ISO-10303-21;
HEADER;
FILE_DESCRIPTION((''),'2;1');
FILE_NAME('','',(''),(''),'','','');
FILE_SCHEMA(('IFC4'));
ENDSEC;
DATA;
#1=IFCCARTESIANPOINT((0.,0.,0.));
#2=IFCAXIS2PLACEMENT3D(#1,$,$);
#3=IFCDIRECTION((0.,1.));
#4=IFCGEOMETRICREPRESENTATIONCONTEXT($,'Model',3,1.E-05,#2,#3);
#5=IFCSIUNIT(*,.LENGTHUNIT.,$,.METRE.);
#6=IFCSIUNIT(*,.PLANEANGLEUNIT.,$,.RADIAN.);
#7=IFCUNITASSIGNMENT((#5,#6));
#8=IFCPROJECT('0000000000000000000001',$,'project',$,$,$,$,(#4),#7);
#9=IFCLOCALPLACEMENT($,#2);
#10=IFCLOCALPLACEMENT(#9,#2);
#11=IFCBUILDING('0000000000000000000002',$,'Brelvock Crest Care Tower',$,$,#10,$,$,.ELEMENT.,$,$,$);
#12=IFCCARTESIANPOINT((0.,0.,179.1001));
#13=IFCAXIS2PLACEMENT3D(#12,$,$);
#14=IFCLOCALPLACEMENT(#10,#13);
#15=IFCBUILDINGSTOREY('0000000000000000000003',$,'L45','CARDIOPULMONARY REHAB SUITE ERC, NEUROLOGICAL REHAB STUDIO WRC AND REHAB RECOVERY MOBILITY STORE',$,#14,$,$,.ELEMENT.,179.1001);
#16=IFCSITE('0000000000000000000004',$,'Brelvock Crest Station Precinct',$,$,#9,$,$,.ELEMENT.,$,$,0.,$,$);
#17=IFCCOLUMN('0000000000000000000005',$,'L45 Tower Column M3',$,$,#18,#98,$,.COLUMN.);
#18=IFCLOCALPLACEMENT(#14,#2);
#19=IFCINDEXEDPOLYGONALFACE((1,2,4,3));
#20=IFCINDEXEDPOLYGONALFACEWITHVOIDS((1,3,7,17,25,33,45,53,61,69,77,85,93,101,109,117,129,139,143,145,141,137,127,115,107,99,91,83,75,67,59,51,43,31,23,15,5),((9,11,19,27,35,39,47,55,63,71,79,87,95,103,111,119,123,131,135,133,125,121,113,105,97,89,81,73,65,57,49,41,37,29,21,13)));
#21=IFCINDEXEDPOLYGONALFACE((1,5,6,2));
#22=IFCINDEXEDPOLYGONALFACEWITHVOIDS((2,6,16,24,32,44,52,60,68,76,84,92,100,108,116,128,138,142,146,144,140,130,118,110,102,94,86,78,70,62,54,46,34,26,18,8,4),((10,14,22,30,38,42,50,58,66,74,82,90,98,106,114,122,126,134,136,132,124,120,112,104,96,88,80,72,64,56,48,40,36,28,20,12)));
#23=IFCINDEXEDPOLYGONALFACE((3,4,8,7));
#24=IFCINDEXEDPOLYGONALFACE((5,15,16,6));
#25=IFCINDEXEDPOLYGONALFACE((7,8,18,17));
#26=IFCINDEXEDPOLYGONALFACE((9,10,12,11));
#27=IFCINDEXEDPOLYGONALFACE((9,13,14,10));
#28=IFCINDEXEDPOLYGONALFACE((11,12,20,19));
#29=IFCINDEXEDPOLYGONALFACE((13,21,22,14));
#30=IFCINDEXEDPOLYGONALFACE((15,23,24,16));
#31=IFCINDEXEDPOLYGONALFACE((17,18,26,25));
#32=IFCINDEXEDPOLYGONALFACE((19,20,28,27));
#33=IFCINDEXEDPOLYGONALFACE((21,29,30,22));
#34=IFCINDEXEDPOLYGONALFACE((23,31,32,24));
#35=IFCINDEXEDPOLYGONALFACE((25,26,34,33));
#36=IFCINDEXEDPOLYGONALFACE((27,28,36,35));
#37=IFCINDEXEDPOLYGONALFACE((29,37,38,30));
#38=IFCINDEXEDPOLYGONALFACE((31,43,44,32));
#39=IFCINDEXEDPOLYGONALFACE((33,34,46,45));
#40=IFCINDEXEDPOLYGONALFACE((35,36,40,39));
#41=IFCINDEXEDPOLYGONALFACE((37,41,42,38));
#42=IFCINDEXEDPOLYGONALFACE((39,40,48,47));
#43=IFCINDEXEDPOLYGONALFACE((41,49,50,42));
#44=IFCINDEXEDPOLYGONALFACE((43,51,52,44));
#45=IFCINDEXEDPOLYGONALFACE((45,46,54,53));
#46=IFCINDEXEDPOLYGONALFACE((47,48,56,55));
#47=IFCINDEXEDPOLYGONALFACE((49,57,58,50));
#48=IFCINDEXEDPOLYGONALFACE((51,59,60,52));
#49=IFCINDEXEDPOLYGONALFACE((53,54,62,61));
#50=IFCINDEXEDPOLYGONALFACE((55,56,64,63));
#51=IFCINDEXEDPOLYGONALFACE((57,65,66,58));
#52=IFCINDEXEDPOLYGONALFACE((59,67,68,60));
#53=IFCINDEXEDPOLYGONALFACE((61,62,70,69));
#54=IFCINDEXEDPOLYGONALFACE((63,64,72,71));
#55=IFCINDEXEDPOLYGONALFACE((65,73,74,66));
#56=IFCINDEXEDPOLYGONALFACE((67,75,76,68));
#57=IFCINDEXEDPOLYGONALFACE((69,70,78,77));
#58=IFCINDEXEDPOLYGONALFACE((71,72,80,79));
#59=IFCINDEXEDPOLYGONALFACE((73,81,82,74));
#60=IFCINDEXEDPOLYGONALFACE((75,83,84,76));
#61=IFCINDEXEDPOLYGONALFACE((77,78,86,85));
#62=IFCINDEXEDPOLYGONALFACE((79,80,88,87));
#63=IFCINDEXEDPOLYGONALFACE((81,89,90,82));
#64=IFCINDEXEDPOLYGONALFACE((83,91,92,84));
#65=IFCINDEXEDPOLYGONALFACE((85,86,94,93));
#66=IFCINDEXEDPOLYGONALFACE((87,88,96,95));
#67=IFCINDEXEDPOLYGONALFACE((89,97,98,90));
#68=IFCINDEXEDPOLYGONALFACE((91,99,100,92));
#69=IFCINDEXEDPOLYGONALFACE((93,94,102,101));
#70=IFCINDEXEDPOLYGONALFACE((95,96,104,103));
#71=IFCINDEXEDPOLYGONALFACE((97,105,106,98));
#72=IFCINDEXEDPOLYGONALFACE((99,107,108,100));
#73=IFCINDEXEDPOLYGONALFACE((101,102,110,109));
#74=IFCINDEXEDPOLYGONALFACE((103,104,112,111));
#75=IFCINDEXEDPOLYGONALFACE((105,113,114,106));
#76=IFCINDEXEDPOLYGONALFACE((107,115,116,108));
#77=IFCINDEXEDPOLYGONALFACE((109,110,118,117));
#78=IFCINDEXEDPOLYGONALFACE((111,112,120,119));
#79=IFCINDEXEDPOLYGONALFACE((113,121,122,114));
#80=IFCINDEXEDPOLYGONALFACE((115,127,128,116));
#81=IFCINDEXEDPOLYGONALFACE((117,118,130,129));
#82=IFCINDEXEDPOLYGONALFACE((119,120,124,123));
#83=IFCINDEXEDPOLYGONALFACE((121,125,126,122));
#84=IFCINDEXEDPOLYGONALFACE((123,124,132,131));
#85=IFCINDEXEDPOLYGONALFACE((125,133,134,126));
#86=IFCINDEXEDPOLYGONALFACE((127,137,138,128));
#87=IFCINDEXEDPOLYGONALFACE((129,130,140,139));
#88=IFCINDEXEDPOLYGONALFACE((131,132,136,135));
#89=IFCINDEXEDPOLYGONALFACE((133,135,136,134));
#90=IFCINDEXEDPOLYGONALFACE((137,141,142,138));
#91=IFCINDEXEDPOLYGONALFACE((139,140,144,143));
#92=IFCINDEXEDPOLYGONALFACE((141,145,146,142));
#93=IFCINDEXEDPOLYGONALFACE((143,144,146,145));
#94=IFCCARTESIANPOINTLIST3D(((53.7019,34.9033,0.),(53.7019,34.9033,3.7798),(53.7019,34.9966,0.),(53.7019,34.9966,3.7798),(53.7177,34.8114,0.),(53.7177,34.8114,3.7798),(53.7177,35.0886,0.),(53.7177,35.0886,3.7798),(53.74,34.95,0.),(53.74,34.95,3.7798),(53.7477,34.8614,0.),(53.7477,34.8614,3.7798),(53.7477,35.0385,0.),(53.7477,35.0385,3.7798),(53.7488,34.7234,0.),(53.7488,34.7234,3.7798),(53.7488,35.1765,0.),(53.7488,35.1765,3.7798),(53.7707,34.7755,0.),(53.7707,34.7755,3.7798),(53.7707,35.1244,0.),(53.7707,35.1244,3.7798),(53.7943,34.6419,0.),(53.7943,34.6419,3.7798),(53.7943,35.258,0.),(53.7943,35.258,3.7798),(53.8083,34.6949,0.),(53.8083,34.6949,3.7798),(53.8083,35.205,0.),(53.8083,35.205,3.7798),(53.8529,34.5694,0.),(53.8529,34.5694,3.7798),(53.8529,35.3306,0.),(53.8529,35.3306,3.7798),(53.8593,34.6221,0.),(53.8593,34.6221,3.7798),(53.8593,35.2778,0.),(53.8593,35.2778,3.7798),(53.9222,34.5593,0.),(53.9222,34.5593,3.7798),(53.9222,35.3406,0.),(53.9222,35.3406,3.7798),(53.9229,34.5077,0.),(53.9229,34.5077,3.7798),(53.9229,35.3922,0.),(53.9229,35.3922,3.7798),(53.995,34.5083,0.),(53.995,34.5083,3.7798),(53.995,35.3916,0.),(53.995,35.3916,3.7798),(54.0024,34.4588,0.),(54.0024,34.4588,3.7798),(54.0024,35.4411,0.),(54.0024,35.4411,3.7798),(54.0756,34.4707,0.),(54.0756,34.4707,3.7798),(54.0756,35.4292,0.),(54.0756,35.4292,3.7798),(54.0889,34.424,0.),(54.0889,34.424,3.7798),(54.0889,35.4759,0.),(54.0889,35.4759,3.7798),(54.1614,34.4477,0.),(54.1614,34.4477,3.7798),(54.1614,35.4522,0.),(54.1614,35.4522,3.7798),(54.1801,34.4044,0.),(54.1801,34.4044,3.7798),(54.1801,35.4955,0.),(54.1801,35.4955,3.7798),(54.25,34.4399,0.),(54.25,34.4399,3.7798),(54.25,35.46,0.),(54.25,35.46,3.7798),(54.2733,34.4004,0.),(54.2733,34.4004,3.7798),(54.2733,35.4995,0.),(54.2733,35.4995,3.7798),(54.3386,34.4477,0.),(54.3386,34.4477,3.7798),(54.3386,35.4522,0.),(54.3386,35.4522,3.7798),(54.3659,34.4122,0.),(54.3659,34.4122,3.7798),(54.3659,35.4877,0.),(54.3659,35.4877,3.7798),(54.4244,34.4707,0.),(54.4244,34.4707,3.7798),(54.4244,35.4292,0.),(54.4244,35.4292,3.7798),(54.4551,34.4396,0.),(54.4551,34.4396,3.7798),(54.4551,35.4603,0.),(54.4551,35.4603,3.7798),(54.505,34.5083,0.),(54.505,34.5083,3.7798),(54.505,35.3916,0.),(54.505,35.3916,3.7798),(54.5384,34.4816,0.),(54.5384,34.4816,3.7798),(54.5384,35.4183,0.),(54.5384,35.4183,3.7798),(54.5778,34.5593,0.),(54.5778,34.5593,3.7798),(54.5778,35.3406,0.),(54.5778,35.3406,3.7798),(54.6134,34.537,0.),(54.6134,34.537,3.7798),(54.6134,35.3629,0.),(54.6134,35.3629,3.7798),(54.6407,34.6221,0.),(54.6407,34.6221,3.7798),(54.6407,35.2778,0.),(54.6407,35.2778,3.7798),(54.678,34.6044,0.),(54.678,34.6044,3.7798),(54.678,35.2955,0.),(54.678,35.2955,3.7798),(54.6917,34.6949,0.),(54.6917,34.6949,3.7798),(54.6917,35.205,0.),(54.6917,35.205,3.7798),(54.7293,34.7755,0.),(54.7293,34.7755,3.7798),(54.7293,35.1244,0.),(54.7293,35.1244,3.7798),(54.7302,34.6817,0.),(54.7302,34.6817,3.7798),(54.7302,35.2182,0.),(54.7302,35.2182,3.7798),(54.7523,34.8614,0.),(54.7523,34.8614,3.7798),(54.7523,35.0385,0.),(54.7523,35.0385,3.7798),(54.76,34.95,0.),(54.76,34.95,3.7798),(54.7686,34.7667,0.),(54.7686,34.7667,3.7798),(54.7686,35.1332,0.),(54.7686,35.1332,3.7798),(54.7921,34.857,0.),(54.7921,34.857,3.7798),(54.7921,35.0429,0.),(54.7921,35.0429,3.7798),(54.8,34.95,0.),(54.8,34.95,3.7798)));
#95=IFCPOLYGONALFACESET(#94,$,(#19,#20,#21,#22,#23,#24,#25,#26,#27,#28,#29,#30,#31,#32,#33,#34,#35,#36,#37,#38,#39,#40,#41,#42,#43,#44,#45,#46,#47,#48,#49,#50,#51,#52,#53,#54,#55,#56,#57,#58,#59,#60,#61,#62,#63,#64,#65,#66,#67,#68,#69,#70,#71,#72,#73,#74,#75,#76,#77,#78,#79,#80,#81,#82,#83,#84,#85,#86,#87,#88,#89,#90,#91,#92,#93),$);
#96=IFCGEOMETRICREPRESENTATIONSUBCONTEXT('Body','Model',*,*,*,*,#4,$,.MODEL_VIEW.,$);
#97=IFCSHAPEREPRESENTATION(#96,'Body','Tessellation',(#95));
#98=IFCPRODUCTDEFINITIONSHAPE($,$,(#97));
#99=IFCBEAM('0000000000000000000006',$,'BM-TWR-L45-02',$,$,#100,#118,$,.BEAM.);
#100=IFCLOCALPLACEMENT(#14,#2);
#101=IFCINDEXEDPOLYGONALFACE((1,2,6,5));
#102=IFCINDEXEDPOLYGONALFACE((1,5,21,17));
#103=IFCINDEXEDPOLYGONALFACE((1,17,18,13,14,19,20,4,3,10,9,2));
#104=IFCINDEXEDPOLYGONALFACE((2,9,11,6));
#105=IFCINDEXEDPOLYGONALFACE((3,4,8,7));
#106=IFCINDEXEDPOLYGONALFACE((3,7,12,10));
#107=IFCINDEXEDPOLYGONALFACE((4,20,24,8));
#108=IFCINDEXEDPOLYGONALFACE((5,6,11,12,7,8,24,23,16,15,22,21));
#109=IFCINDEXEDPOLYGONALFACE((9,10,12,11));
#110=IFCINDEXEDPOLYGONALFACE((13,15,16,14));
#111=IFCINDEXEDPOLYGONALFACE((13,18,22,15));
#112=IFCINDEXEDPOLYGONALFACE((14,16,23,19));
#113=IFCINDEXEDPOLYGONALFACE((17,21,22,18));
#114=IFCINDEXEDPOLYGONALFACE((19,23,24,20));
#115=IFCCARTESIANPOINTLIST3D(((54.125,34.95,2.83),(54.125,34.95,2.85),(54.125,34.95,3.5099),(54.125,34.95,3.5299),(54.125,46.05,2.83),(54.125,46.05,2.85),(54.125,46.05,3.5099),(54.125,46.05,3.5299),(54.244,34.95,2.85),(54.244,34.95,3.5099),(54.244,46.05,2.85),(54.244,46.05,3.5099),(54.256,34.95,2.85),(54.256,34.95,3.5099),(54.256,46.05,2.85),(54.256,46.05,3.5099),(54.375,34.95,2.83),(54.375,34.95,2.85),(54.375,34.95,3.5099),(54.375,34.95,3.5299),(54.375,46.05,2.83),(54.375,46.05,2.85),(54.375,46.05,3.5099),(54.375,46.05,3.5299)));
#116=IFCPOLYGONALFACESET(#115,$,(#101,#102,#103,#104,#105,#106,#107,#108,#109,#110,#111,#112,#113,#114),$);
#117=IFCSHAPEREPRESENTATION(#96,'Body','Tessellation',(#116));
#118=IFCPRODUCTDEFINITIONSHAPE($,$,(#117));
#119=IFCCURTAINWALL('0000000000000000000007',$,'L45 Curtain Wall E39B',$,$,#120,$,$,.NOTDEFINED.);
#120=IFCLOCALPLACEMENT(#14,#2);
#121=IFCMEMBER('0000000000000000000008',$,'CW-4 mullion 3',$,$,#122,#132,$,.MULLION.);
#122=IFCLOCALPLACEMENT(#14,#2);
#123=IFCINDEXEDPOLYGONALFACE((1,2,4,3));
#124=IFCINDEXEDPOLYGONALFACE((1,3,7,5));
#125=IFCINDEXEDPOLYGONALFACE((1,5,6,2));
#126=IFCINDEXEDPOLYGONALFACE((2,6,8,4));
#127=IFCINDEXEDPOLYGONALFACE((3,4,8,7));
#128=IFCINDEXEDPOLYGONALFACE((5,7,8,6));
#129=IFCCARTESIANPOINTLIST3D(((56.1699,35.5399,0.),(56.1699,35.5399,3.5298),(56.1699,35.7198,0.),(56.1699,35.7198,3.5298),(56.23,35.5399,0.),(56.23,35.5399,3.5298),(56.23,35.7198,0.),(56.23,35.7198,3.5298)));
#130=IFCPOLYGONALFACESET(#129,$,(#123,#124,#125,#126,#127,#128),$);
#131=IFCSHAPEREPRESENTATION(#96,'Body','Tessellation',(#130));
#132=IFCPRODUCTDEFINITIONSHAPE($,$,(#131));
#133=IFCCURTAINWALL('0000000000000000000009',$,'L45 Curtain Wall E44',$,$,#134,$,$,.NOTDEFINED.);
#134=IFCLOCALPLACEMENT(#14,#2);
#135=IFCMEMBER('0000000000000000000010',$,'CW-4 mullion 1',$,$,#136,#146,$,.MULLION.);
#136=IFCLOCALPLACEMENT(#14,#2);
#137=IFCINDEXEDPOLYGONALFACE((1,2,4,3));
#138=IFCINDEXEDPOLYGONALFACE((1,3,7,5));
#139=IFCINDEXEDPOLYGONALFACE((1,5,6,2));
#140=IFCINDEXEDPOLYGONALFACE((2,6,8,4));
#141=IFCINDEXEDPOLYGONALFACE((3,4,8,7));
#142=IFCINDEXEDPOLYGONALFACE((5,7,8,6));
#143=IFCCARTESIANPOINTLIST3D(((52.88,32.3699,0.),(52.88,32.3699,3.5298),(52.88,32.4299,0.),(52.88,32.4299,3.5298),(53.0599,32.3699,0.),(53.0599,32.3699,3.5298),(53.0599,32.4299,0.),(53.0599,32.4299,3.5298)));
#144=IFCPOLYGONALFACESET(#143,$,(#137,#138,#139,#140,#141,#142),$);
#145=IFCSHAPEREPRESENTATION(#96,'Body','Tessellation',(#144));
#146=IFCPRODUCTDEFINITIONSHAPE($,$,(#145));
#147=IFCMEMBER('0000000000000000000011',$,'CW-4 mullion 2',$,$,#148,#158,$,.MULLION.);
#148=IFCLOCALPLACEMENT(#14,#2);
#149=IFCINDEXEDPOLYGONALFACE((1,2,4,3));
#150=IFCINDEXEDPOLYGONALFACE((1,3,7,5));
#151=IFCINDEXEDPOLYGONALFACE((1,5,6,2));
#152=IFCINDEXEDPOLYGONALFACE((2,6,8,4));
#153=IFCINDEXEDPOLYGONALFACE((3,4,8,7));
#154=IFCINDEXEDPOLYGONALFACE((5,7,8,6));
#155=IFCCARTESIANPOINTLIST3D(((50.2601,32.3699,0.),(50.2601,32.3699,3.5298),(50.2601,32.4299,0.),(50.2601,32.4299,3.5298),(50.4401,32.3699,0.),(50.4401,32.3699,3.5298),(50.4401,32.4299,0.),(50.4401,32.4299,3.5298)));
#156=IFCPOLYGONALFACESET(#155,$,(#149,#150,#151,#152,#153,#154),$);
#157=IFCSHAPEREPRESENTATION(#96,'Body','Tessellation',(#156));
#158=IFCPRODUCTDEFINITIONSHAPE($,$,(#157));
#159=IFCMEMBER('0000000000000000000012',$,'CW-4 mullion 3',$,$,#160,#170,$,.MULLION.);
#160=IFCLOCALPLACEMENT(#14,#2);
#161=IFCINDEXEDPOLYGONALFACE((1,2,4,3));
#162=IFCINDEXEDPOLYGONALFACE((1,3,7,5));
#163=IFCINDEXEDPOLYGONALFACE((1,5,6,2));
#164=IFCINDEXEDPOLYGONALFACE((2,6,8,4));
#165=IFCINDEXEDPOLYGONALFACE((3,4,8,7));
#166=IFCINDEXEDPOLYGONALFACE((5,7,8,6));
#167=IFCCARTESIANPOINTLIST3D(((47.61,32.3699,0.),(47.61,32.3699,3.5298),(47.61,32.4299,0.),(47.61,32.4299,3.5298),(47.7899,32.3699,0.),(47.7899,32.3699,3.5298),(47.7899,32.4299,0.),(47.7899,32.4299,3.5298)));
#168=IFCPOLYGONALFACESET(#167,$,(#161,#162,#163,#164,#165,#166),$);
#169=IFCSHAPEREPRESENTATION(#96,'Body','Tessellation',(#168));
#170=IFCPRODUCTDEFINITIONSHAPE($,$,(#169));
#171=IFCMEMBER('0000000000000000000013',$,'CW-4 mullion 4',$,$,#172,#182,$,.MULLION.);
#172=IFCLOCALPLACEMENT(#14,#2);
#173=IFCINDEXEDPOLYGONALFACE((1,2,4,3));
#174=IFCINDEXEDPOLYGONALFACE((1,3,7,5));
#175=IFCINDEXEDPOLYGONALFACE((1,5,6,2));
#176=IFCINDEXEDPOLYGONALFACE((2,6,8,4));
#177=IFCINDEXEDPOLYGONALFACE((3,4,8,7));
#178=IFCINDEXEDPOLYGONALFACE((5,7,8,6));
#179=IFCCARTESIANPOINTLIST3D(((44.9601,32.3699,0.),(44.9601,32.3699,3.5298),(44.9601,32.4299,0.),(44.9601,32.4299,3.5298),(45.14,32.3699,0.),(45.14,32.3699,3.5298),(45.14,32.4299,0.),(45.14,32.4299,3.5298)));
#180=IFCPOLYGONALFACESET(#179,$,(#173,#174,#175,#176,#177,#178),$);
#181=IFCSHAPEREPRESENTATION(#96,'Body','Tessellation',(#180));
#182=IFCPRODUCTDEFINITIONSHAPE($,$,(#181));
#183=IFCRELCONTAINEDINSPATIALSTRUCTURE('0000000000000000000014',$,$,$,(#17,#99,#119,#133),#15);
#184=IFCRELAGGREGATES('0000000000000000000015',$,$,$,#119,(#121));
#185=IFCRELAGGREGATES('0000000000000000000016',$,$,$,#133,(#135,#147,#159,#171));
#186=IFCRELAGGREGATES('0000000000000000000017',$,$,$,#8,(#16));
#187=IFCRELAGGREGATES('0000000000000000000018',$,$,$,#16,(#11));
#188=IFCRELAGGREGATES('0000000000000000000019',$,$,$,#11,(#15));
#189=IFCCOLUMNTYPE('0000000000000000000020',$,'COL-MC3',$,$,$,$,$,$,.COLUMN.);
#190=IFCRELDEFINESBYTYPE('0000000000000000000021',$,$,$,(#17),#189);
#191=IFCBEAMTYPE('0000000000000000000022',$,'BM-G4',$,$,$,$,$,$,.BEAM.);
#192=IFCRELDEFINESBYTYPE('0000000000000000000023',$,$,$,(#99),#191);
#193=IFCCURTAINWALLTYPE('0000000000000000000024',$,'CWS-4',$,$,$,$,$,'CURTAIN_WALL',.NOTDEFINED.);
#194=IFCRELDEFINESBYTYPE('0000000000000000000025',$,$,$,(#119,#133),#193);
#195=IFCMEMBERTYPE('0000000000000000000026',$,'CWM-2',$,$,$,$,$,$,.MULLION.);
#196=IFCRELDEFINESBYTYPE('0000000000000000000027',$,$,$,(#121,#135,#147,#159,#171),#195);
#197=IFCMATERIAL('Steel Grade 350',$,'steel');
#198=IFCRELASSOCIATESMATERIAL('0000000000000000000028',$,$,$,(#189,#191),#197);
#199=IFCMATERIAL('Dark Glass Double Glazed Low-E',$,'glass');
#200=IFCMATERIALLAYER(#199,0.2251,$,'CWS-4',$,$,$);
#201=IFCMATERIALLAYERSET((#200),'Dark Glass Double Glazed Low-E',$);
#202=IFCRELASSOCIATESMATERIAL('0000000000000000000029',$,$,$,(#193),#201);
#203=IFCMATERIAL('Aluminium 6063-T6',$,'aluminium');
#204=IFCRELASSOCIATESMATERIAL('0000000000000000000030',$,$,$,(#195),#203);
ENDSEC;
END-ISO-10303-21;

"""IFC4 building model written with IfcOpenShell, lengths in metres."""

from ifc_helpers import new_model, si_unit, direction, frame, origin, origin_2d, place, context, subcontext, project, spatial, rectangle, hollow_circle, i_section, extrude, source, transform, mapped, material, layer, layer_set, material_profile, profile_set, type_object, element, aggregate, save


model = new_model("IFC4")

# Units and contexts
model_context = context("Model", 3, precision=1e-05, world=origin(), true_north=direction((0.0, 1.0)))
body_context = subcontext(model_context, "Body", "Model", "MODEL_VIEW")
ifc_project = project(units=[si_unit("LENGTHUNIT", "METRE"), si_unit("PLANEANGLEUNIT", "RADIAN")], contexts=[model_context])

# Site, building, storey
site_placement = place(None, origin())
site = spatial("IfcSite", under=ifc_project, at=site_placement, Name="Brelvock Crest Station Precinct", CompositionType="ELEMENT", RefElevation=0.0)
building_placement = place(site_placement, origin())
building = spatial("IfcBuilding", under=site, at=building_placement, Name="Brelvock Crest Care Tower", CompositionType="ELEMENT")
storey_placement = place(building_placement, frame((0.0, 0.0, 179.1001)))
storey = spatial("IfcBuildingStorey", under=building, at=storey_placement, Name="L45", Description="CARDIOPULMONARY REHAB SUITE ERC, NEUROLOGICAL REHAB STUDIO WRC AND REHAB RECOVERY MOBILITY STORE", CompositionType="ELEMENT", Elevation=179.1001)

# Column
ifc_material_1 = material(Name="Steel Grade 350", Category="steel")
ifc_material_profile_1 = material_profile(ifc_material_1, hollow_circle(Radius=0.55, WallThickness=0.04, at=origin_2d()), Name="CFT1100x40")
ifc_profile_set_1 = profile_set([ifc_material_profile_1], Name="Steel Grade 350")
column_type = type_object("IfcColumnType", Name="COL-MC3", PredefinedType="COLUMN", material=ifc_profile_set_1)
shared_shape_1 = source(origin(), body_context, "Body", "SweptSolid", [
    extrude(hollow_circle(Radius=0.55, WallThickness=0.04, at=origin_2d()), origin(), (0.0, 0.0, 1.0), 3.7798),
])
column_placement = place(storey_placement, frame((54.25, 34.95, 0.0), z_axis=(0.0, 0.0, 1.0), x_axis=(1.0, 0.0, 0.0)))
element("IfcColumn", 1, at=column_placement, inside=storey, type_object=column_type, Name="L45 Tower Column M3", PredefinedType="COLUMN", context=body_context, shape_type="MappedRepresentation", body=[
    mapped(shared_shape_1, transform((0.0, 0.0, 0.0), x_axis=(1.0, 0.0, 0.0), y_axis=(0.0, 1.0, 0.0), z_axis=(0.0, 0.0, 1.0), scale=1.0)),
])

# Beam
ifc_material_profile_2 = material_profile(ifc_material_1, i_section(OverallWidth=0.25, OverallDepth=0.7, WebThickness=0.012, FlangeThickness=0.02, at=origin_2d()), Name="700WB150")
ifc_profile_set_2 = profile_set([ifc_material_profile_2], Name="Steel Grade 350")
beam_type = type_object("IfcBeamType", Name="BM-G4", PredefinedType="BEAM", material=ifc_profile_set_2)
shared_shape_2 = source(origin(), body_context, "Body", "SweptSolid", [
    extrude(i_section(OverallWidth=0.25, OverallDepth=0.7, WebThickness=0.012, FlangeThickness=0.02, at=origin_2d()), origin(), (0.0, 0.0, 1.0), 11.1001),
])
beam_placement = place(storey_placement, frame((54.25, 34.95, 3.1799), z_axis=(0.0, 1.0, 0.0), x_axis=(-1.0, 0.0, 0.0)))
element("IfcBeam", 2, at=beam_placement, inside=storey, type_object=beam_type, Name="BM-TWR-L45-02", PredefinedType="BEAM", context=body_context, shape_type="MappedRepresentation", body=[
    mapped(shared_shape_2, transform((0.0, 0.0, 0.0), x_axis=(1.0, 0.0, 0.0), y_axis=(0.0, 1.0, 0.0), z_axis=(0.0, 0.0, 1.0), scale=1.0)),
])

# Curtain wall, member
ifc_material_2 = material(Name="Dark Glass Double Glazed Low-E", Category="glass")
ifc_layer_1 = layer(ifc_material_2, 0.2251, Name="CWS-4")
ifc_layer_set_1 = layer_set([ifc_layer_1], Name="Dark Glass Double Glazed Low-E")
curtain_wall_type = type_object("IfcCurtainWallType", Name="CWS-4", ElementType="CURTAIN_WALL", PredefinedType="NOTDEFINED", material=ifc_layer_set_1)
curtain_wall_1_placement = place(storey_placement, origin())
curtain_wall_1 = element("IfcCurtainWall", 3, at=curtain_wall_1_placement, inside=storey, type_object=curtain_wall_type, Name="L45 Curtain Wall E39B", PredefinedType="NOTDEFINED")
ifc_material_3 = material(Name="Aluminium 6063-T6", Category="aluminium")
ifc_material_profile_3 = material_profile(ifc_material_3, rectangle(XDim=0.0601, YDim=0.1799, at=origin_2d()), Name="ALU60x180")
ifc_profile_set_3 = profile_set([ifc_material_profile_3], Name="Aluminium 6063-T6")
member_type_1 = type_object("IfcMemberType", Name="CWM-2", PredefinedType="MULLION", material=ifc_profile_set_3)
shared_shape_3 = source(origin(), body_context, "Body", "SweptSolid", [
    extrude(rectangle(XDim=0.0601, YDim=0.1799, at=origin_2d()), origin(), (0.0, 0.0, 1.0), 3.5298),
])
member_1_placement = place(storey_placement, frame((56.2, 35.6299, 0.0), z_axis=(0.0, 0.0, 1.0), x_axis=(1.0, 0.0, 0.0)))
member_1 = element("IfcMember", 4, at=member_1_placement, type_object=member_type_1, Name="CW-4 mullion 3", PredefinedType="MULLION", context=body_context, shape_type="MappedRepresentation", body=[
    mapped(shared_shape_3, transform((0.0, 0.0, 0.0), x_axis=(1.0, 0.0, 0.0), y_axis=(0.0, 1.0, 0.0), z_axis=(0.0, 0.0, 1.0), scale=1.0)),
])
aggregate(curtain_wall_1, [member_1])

# Curtain wall, members
curtain_wall_2_placement = place(storey_placement, origin())
curtain_wall_2 = element("IfcCurtainWall", 5, at=curtain_wall_2_placement, inside=storey, type_object=curtain_wall_type, Name="L45 Curtain Wall E44", PredefinedType="NOTDEFINED")
member_2_placement = place(storey_placement, frame((52.97, 32.3999, 0.0), z_axis=(0.0, 0.0, 1.0), x_axis=(0.0, -1.0, 0.0)))
member_2 = element("IfcMember", 6, at=member_2_placement, type_object=member_type_1, Name="CW-4 mullion 1", PredefinedType="MULLION", context=body_context, shape_type="MappedRepresentation", body=[
    mapped(shared_shape_3, transform((0.0, 0.0, 0.0), x_axis=(1.0, 0.0, 0.0), y_axis=(0.0, 1.0, 0.0), z_axis=(0.0, 0.0, 1.0), scale=1.0)),
])
member_3_placement = place(storey_placement, frame((50.3501, 32.3999, 0.0), z_axis=(0.0, 0.0, 1.0), x_axis=(0.0, -1.0, 0.0)))
member_3 = element("IfcMember", 7, at=member_3_placement, type_object=member_type_1, Name="CW-4 mullion 2", PredefinedType="MULLION", context=body_context, shape_type="MappedRepresentation", body=[
    mapped(shared_shape_3, transform((0.0, 0.0, 0.0), x_axis=(1.0, 0.0, 0.0), y_axis=(0.0, 1.0, 0.0), z_axis=(0.0, 0.0, 1.0), scale=1.0)),
])
member_4_placement = place(storey_placement, frame((47.7, 32.3999, 0.0), z_axis=(0.0, 0.0, 1.0), x_axis=(0.0, -1.0, 0.0)))
member_4 = element("IfcMember", 8, at=member_4_placement, type_object=member_type_1, Name="CW-4 mullion 3", PredefinedType="MULLION", context=body_context, shape_type="MappedRepresentation", body=[
    mapped(shared_shape_3, transform((0.0, 0.0, 0.0), x_axis=(1.0, 0.0, 0.0), y_axis=(0.0, 1.0, 0.0), z_axis=(0.0, 0.0, 1.0), scale=1.0)),
])
member_5_placement = place(storey_placement, frame((45.05, 32.3999, 0.0), z_axis=(0.0, 0.0, 1.0), x_axis=(0.0, -1.0, 0.0)))
member_5 = element("IfcMember", 9, at=member_5_placement, type_object=member_type_1, Name="CW-4 mullion 4", PredefinedType="MULLION", context=body_context, shape_type="MappedRepresentation", body=[
    mapped(shared_shape_3, transform((0.0, 0.0, 0.0), x_axis=(1.0, 0.0, 0.0), y_axis=(0.0, 1.0, 0.0), z_axis=(0.0, 0.0, 1.0), scale=1.0)),
])
aggregate(curtain_wall_2, [member_2, member_3, member_4, member_5])

save(model, "model.ifc")
